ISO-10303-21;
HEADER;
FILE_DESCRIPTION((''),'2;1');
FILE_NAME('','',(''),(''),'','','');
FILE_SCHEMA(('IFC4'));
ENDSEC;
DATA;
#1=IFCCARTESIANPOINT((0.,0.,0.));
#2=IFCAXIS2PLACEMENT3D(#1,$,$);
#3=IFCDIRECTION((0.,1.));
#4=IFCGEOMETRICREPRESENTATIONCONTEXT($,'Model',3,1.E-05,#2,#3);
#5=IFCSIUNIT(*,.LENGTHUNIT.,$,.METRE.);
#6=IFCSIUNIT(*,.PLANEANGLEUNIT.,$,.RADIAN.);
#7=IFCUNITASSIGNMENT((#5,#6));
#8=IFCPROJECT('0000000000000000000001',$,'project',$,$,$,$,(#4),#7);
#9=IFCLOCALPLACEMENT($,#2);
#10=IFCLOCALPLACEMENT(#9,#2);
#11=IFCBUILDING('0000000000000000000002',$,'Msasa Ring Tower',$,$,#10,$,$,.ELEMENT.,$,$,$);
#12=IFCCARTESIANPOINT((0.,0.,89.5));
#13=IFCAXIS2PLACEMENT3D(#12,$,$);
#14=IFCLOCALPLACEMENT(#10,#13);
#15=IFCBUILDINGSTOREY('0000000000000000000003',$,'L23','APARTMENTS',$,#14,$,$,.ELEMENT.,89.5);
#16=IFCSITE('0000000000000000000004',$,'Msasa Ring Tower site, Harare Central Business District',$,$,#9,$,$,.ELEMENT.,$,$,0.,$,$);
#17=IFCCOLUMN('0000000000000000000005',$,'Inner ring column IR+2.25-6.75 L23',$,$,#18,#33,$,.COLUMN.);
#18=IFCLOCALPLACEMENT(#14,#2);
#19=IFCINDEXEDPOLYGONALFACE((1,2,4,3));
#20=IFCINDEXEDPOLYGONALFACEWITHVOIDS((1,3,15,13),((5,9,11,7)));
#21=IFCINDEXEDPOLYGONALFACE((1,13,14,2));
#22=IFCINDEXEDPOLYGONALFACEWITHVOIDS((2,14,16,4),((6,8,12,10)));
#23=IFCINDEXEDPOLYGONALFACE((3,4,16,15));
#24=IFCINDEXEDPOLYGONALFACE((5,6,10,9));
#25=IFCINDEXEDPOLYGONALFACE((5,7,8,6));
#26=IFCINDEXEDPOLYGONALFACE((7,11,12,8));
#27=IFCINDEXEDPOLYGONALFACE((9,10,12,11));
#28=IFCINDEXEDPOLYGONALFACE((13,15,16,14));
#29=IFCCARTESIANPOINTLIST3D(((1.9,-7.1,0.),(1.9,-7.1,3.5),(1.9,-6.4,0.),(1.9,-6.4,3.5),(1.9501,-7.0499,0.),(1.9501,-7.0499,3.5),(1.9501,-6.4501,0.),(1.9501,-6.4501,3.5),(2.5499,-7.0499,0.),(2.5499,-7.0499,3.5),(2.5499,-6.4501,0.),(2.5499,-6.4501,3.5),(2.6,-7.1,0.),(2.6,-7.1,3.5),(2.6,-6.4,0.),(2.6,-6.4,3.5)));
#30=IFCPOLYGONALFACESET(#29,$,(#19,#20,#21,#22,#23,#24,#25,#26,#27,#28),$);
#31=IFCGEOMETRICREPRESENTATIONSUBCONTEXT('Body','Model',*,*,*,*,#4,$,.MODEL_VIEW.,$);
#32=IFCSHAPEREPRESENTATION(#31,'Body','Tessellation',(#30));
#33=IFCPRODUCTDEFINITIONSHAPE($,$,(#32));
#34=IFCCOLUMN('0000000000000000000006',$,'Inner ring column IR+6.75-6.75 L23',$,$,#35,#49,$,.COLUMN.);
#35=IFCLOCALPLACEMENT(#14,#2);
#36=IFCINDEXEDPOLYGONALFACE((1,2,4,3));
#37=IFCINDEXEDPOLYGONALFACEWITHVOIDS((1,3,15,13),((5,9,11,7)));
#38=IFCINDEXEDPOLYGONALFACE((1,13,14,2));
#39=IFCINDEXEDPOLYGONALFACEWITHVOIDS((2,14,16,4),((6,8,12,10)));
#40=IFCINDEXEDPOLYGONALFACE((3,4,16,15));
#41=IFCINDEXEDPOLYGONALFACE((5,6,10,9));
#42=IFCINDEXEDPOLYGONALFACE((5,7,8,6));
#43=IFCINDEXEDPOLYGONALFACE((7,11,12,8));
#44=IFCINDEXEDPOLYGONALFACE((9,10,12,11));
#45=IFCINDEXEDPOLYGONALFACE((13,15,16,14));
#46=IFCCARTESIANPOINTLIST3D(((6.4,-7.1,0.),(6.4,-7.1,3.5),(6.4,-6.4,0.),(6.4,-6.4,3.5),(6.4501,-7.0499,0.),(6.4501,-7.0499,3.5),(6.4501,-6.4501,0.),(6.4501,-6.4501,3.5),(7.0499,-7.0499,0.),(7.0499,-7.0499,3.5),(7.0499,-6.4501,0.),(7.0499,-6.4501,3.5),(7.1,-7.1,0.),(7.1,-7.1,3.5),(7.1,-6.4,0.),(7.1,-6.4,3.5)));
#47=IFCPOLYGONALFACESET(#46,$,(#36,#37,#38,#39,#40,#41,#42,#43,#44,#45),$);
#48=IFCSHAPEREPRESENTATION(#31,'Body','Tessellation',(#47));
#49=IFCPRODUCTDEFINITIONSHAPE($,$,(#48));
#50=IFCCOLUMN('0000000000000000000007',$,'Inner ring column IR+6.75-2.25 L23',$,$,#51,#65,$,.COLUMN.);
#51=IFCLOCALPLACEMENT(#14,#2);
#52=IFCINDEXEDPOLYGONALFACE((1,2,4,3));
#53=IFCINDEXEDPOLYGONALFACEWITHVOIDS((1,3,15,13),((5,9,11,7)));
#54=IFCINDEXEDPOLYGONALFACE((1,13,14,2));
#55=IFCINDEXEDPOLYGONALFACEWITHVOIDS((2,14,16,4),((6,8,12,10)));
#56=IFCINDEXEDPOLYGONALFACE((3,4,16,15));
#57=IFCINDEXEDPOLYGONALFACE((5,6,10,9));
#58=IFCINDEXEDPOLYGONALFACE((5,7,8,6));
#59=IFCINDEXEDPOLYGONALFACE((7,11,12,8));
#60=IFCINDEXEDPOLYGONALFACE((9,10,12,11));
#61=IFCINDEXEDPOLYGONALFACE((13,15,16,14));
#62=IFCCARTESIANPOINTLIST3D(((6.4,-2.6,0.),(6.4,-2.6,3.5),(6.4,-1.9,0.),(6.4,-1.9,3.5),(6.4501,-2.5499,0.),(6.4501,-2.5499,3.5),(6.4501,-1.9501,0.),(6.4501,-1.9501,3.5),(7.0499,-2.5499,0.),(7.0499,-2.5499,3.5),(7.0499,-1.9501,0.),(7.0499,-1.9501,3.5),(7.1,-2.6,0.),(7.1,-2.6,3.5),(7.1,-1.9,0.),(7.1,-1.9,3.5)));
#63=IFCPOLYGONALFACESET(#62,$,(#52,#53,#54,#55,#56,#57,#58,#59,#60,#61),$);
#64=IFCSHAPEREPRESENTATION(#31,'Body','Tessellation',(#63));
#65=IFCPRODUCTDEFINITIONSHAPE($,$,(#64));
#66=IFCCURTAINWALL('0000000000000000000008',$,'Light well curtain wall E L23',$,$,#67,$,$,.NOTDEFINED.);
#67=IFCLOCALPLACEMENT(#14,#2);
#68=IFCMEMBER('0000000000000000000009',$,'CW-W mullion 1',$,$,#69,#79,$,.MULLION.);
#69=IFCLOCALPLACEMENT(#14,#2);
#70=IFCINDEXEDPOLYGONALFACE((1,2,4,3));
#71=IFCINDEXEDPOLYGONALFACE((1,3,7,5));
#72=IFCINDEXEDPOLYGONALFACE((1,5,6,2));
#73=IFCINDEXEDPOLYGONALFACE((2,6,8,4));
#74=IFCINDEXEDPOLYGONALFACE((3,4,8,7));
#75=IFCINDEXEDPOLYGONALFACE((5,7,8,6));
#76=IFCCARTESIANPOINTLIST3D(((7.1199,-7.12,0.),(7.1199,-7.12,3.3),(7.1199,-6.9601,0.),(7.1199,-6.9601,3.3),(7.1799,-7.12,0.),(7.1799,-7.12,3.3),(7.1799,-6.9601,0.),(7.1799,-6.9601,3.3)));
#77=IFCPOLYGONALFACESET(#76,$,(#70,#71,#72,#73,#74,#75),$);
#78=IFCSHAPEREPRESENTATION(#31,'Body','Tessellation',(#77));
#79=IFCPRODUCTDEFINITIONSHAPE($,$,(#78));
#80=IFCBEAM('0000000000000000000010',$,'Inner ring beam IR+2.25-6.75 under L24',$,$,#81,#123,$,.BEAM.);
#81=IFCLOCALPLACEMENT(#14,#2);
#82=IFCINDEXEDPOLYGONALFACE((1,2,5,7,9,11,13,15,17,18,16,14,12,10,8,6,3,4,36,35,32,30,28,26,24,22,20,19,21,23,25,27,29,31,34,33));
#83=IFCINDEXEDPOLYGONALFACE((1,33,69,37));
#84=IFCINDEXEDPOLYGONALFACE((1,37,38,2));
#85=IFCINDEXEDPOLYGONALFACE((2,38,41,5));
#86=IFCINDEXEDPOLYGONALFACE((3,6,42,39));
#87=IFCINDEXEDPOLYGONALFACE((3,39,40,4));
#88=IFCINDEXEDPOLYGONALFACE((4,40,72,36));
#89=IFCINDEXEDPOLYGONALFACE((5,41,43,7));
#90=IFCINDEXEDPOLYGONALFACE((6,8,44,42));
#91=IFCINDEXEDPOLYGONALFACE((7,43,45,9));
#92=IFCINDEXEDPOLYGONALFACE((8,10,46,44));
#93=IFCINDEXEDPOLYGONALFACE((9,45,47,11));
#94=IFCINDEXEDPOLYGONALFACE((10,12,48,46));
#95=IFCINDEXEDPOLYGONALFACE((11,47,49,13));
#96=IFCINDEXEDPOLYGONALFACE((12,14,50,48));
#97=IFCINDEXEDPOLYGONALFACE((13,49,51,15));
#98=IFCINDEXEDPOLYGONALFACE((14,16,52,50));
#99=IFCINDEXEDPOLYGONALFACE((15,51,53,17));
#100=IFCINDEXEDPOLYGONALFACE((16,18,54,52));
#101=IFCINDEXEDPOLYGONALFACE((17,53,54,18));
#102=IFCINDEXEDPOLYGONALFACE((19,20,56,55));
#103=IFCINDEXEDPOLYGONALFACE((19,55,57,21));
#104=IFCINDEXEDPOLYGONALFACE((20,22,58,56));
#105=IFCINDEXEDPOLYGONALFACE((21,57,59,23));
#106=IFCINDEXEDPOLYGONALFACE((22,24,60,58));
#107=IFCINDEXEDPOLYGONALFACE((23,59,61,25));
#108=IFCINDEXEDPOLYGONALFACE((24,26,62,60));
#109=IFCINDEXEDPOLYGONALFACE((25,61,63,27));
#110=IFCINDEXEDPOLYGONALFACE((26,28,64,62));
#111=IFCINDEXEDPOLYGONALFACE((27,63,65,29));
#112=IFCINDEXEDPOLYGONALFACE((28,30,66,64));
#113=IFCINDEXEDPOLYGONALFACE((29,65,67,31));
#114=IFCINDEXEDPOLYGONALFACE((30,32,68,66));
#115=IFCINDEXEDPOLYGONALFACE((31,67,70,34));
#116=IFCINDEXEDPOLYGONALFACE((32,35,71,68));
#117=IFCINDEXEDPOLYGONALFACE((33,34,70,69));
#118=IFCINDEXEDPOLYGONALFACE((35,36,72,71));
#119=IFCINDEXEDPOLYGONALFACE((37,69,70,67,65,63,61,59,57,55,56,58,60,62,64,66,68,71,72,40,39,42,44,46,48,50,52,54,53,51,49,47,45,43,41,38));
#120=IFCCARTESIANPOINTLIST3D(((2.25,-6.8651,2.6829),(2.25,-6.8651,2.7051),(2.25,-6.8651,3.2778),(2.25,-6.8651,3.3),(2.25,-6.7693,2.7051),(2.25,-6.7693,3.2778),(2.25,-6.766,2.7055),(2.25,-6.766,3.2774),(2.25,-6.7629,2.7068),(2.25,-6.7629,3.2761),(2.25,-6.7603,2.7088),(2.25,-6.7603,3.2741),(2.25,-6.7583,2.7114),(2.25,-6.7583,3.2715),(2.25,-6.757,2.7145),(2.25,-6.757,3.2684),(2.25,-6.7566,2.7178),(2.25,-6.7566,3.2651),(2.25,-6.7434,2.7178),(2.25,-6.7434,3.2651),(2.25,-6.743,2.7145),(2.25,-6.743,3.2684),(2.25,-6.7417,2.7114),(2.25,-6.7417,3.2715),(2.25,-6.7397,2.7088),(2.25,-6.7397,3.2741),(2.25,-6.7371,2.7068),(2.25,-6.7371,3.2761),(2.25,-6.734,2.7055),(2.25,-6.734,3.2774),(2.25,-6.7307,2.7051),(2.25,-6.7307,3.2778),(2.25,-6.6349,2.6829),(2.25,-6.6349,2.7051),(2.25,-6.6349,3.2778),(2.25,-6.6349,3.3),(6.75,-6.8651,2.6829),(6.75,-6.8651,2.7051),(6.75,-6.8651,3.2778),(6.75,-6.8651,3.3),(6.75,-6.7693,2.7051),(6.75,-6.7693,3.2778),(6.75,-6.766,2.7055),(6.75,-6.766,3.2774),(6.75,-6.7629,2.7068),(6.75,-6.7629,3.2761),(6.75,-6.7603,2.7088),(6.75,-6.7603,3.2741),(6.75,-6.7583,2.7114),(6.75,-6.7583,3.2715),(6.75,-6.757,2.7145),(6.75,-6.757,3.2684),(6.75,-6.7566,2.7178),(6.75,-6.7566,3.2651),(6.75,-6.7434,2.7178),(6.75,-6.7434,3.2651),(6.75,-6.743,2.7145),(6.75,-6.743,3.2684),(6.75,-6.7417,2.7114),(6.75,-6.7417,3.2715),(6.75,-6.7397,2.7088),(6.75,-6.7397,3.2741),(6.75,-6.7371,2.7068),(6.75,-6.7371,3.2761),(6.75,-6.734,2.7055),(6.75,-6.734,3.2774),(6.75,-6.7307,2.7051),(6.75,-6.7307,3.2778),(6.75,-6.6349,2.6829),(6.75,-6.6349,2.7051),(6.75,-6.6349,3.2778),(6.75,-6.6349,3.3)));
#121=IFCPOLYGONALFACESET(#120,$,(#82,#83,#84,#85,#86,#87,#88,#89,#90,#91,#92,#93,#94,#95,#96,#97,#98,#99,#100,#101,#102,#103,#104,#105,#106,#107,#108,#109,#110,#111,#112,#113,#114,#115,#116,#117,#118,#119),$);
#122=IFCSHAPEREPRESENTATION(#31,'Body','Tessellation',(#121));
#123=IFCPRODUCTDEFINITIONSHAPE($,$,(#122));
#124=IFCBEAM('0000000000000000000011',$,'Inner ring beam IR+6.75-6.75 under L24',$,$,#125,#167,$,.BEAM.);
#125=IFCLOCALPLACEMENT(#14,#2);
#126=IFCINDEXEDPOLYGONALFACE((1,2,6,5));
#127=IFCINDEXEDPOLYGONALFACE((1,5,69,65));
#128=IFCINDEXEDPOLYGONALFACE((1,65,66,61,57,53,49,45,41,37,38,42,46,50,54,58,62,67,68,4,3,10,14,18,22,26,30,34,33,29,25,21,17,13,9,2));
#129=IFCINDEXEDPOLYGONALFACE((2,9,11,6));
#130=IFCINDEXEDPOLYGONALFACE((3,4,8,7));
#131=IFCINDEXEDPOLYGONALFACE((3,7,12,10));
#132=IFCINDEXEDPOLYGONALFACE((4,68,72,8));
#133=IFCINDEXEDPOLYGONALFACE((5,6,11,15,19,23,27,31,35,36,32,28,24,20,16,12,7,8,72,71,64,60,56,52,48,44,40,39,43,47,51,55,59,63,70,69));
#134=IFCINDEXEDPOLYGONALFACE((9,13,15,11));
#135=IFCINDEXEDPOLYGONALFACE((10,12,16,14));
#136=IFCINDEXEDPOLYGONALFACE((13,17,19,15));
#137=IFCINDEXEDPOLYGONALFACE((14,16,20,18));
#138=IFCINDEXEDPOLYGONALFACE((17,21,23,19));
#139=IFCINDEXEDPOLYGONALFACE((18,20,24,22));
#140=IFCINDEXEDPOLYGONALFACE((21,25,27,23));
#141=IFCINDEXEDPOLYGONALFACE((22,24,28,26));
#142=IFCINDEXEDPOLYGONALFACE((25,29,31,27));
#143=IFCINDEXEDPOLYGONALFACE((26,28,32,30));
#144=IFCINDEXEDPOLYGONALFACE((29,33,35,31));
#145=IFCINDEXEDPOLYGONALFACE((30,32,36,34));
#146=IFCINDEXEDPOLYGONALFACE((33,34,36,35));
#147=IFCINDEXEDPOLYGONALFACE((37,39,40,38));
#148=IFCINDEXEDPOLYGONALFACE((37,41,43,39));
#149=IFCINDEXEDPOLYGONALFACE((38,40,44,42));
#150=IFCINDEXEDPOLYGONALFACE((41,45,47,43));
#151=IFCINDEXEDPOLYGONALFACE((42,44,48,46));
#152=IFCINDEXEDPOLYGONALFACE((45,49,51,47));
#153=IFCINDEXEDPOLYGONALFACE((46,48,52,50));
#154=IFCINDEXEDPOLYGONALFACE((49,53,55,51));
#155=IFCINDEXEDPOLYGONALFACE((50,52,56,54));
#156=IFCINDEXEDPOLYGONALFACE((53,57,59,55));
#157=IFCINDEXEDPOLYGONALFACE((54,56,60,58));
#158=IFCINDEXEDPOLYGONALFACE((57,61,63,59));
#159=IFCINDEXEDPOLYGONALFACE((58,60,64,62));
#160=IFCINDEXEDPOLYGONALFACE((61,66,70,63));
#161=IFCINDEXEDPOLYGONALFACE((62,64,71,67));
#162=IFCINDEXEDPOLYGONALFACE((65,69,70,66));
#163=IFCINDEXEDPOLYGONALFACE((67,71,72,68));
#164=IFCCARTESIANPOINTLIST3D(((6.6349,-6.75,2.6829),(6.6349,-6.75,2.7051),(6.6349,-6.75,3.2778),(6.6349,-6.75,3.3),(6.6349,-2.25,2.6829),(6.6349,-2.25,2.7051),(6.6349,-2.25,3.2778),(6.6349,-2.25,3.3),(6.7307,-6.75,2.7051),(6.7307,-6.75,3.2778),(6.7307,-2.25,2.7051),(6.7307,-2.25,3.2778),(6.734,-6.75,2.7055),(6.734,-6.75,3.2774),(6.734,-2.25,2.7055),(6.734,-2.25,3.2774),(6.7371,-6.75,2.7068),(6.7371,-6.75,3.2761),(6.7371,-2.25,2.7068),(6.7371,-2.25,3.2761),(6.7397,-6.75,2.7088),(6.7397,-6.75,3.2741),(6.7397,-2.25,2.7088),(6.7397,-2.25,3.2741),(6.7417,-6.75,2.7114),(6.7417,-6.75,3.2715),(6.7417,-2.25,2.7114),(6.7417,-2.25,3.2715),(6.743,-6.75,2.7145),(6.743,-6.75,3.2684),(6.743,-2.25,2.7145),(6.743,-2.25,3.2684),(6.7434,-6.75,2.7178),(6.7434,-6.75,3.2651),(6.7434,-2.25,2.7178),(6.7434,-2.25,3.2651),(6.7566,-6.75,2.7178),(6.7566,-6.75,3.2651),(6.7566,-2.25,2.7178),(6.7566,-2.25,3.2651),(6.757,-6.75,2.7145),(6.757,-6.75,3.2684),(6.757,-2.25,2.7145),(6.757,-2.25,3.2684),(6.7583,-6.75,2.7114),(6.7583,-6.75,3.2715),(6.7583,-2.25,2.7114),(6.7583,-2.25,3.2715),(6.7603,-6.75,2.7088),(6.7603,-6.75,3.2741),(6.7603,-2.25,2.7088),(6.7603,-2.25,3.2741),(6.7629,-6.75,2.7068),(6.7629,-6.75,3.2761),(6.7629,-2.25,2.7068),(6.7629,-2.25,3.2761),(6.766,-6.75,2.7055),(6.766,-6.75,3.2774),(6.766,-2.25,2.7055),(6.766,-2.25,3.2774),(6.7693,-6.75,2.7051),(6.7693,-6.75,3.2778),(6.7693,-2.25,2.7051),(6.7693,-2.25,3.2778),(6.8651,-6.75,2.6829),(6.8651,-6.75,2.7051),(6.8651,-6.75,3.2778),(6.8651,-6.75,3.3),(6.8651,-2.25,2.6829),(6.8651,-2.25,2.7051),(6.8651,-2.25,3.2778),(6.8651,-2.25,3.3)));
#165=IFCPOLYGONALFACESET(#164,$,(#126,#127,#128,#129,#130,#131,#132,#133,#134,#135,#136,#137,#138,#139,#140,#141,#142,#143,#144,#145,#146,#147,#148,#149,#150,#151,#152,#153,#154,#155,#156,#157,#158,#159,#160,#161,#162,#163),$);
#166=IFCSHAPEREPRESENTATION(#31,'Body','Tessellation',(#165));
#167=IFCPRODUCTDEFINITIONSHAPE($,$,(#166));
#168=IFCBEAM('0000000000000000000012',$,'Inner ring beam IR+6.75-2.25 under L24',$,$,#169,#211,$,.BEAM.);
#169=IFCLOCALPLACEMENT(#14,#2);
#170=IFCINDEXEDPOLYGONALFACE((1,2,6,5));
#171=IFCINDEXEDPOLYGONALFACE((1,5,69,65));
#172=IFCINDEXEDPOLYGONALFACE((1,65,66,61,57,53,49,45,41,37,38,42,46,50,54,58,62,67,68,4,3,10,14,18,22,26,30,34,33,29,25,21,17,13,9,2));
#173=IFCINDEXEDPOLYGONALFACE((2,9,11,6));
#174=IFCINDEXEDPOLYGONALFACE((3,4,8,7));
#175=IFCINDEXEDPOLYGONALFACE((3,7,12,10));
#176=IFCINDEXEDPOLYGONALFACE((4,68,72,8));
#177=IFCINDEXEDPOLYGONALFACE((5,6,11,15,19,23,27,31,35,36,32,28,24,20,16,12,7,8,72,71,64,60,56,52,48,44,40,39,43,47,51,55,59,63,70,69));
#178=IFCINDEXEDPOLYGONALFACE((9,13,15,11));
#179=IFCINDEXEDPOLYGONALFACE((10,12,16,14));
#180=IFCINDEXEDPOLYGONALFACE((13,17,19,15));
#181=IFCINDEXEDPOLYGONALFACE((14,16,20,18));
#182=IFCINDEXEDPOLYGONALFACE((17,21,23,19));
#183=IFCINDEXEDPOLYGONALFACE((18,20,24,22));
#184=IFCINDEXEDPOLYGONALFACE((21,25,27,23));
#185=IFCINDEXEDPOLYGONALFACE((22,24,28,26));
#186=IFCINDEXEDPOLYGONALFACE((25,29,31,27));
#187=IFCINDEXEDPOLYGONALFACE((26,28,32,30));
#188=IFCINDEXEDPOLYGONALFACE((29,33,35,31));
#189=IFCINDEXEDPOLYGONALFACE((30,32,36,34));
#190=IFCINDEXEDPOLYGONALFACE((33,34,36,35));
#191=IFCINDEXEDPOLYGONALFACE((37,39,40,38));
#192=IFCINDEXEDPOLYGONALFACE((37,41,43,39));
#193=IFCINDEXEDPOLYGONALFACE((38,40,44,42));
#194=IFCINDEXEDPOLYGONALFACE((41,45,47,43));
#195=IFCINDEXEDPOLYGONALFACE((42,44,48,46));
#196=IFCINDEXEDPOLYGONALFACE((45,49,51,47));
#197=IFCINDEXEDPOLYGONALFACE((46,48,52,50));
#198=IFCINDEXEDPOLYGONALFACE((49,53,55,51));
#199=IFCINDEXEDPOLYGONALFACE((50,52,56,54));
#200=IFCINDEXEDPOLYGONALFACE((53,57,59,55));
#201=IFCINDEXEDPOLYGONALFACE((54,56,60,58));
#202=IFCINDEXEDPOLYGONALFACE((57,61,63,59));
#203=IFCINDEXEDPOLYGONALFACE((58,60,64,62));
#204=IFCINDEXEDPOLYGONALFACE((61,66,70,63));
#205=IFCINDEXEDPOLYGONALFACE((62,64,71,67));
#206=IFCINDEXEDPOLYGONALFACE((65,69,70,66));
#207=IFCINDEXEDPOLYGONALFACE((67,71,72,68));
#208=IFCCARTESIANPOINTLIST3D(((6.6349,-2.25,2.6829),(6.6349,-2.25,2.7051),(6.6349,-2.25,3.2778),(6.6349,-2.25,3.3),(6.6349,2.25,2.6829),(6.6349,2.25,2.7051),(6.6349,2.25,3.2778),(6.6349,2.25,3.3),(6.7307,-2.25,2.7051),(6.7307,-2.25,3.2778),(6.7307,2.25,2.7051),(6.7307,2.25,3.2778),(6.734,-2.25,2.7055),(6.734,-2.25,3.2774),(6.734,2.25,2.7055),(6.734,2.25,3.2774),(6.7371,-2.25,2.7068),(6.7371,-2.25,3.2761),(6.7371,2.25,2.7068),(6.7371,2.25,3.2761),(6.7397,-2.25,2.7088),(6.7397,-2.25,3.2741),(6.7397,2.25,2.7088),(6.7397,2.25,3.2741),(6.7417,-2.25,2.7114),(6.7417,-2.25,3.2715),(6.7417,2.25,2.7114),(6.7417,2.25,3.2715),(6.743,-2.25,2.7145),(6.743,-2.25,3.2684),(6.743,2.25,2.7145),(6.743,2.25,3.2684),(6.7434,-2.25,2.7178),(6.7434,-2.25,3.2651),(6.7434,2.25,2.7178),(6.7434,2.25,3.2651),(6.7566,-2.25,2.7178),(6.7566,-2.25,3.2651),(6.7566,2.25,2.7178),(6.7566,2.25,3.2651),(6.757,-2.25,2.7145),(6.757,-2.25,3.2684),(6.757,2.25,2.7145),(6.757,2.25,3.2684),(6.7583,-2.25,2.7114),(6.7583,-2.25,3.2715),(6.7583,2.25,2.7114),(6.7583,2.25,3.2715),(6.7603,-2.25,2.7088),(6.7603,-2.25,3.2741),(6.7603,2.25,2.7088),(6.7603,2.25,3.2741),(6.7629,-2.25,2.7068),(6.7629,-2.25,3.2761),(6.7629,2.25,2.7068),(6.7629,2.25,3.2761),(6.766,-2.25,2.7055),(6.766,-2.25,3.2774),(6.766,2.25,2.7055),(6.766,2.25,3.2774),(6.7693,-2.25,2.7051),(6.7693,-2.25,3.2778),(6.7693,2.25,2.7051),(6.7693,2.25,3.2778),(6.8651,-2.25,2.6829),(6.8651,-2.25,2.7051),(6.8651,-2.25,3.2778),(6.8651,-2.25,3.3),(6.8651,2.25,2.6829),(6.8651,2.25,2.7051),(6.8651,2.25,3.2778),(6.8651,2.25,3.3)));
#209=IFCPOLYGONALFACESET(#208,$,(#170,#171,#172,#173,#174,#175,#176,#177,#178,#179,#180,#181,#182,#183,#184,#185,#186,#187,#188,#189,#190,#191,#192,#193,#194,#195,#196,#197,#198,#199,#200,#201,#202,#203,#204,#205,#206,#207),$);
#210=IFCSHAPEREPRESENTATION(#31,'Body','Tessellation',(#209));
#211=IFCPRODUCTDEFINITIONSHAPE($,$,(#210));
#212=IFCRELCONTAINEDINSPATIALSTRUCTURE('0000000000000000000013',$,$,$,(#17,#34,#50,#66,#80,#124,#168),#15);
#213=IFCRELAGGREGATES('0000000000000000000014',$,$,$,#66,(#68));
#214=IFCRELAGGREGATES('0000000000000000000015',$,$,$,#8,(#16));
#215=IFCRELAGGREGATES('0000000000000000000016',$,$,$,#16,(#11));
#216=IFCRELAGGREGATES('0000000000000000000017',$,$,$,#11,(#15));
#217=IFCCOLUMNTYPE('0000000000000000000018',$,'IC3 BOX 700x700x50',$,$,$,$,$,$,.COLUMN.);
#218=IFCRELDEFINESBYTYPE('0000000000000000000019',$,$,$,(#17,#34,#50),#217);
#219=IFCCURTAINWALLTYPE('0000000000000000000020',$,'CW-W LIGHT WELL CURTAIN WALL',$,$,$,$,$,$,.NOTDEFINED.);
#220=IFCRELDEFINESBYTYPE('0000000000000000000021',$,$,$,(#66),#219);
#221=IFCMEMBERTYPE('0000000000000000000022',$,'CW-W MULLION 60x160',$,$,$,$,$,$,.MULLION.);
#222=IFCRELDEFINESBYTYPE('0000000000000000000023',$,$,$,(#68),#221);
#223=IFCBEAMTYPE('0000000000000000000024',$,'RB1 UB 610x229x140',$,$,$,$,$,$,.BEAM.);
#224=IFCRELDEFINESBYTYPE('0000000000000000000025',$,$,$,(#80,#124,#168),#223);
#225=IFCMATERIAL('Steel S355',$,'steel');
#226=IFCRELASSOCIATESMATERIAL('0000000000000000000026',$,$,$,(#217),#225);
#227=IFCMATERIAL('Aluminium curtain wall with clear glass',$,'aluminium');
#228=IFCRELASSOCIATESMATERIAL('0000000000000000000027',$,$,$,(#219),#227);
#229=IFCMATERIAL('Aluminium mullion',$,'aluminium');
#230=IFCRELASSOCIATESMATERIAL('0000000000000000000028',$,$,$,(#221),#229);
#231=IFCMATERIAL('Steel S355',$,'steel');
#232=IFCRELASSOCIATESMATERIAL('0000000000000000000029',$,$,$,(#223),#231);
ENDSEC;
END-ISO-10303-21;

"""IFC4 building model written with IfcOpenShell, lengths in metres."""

from ifc_helpers import new_model, si_unit, direction, frame, origin, origin_2d, place, context, subcontext, project, spatial, rectangle, hollow_rectangle, i_section, extrude, material, material_profile, profile_set, type_object, element, aggregate, save


model = new_model("IFC4")

# Units and contexts
model_context = context("Model", 3, precision=1e-05, world=origin(), true_north=direction((0.0, 1.0)))
body_context = subcontext(model_context, "Body", "Model", "MODEL_VIEW")
ifc_project = project(units=[si_unit("LENGTHUNIT", "METRE"), si_unit("PLANEANGLEUNIT", "RADIAN")], contexts=[model_context])

# Site, building, storey
site_placement = place(None, origin())
site = spatial("IfcSite", under=ifc_project, at=site_placement, Name="Msasa Ring Tower site, Harare Central Business District", CompositionType="ELEMENT", RefElevation=0.0)
building_placement = place(site_placement, origin())
building = spatial("IfcBuilding", under=site, at=building_placement, Name="Msasa Ring Tower", CompositionType="ELEMENT")
storey_placement = place(building_placement, frame((0.0, 0.0, 89.5)))
storey = spatial("IfcBuildingStorey", under=building, at=storey_placement, Name="L23", Description="APARTMENTS", CompositionType="ELEMENT", Elevation=89.5)

# Columns
ifc_material_1 = material(Name="Steel S355", Category="steel")
ifc_material_profile_1 = material_profile(ifc_material_1, hollow_rectangle(XDim=0.7, YDim=0.7, WallThickness=0.05, at=origin_2d()), Name="BOX 700x700x50")
ifc_profile_set_1 = profile_set([ifc_material_profile_1], Name="Steel S355")
column_type = type_object("IfcColumnType", Name="IC3 BOX 700x700x50", PredefinedType="COLUMN", material=ifc_profile_set_1)
for number, where, z_axis, x_axis, name in (
    (1, (2.25, -6.75, 0.0), (0.0, 0.0, 1.0), (1.0, 0.0, 0.0), "Inner ring column IR+2.25-6.75 L23"),
    (2, (6.75, -6.75, 0.0), (0.0, 0.0, 1.0), (1.0, 0.0, 0.0), "Inner ring column IR+6.75-6.75 L23"),
    (3, (6.75, -2.25, 0.0), (0.0, 0.0, 1.0), (1.0, 0.0, 0.0), "Inner ring column IR+6.75-2.25 L23"),
):
    element("IfcColumn", number, at=place(storey_placement, frame(where, z_axis=z_axis, x_axis=x_axis)), inside=storey, type_object=column_type, Name=name, PredefinedType="COLUMN", context=body_context, shape_type="SweptSolid", body=[
        extrude(hollow_rectangle(XDim=0.7, YDim=0.7, WallThickness=0.05, at=origin_2d()), origin(), (0.0, 0.0, 1.0), 3.5),
    ])

# Curtain wall, member
ifc_material_2 = material(Name="Aluminium curtain wall with clear glass", Category="aluminium")
curtain_wall_type = type_object("IfcCurtainWallType", Name="CW-W LIGHT WELL CURTAIN WALL", PredefinedType="NOTDEFINED", material=ifc_material_2)
curtain_wall_1_placement = place(storey_placement, origin())
curtain_wall_1 = element("IfcCurtainWall", 4, at=curtain_wall_1_placement, inside=storey, type_object=curtain_wall_type, Name="Light well curtain wall E L23", PredefinedType="NOTDEFINED")
ifc_material_3 = material(Name="Aluminium mullion", Category="aluminium")
ifc_material_profile_2 = material_profile(ifc_material_3, rectangle(XDim=0.0601, YDim=0.1599, at=origin_2d()), Name="AL 60x160")
ifc_profile_set_2 = profile_set([ifc_material_profile_2], Name="Aluminium mullion")
member_type = type_object("IfcMemberType", Name="CW-W MULLION 60x160", PredefinedType="MULLION", material=ifc_profile_set_2)
member_placement = place(storey_placement, frame((7.1499, -7.04, 0.0), z_axis=(0.0, 0.0, 1.0), x_axis=(-1.0, 0.0, 0.0)))
member = element("IfcMember", 5, at=member_placement, type_object=member_type, Name="CW-W mullion 1", PredefinedType="MULLION", context=body_context, shape_type="SweptSolid", body=[
    extrude(rectangle(XDim=0.0601, YDim=0.1599, at=origin_2d()), origin(), (0.0, 0.0, 1.0), 3.3),
])
aggregate(curtain_wall_1, [member])

# Beams
ifc_material_4 = material(Name="Steel S355", Category="steel")
ifc_material_profile_3 = material_profile(ifc_material_4, i_section(OverallWidth=0.2302, OverallDepth=0.6172, WebThickness=0.0132, FlangeThickness=0.0222, FilletRadius=0.0127, at=origin_2d()), Name="UB 610x229x140")
ifc_profile_set_3 = profile_set([ifc_material_profile_3], Name="Steel S355")
beam_type = type_object("IfcBeamType", Name="RB1 UB 610x229x140", PredefinedType="BEAM", material=ifc_profile_set_3)
for number, where, z_axis, x_axis, name in (
    (6, (2.25, -6.75, 2.9915), (1.0, 0.0, 0.0), (0.0, 1.0, 0.0), "Inner ring beam IR+2.25-6.75 under L24"),
    (7, (6.75, -6.75, 2.9915), (0.0, 1.0, 0.0), (-1.0, 0.0, 0.0), "Inner ring beam IR+6.75-6.75 under L24"),
    (8, (6.75, -2.25, 2.9915), (0.0, 1.0, 0.0), (-1.0, 0.0, 0.0), "Inner ring beam IR+6.75-2.25 under L24"),
):
    element("IfcBeam", number, at=place(storey_placement, frame(where, z_axis=z_axis, x_axis=x_axis)), inside=storey, type_object=beam_type, Name=name, PredefinedType="BEAM", context=body_context, shape_type="SweptSolid", body=[
        extrude(i_section(OverallWidth=0.2302, OverallDepth=0.6172, WebThickness=0.0132, FlangeThickness=0.0222, FilletRadius=0.0127, at=origin_2d()), origin(), (0.0, 0.0, 1.0), 4.5),
    ])

save(model, "model.ifc")
